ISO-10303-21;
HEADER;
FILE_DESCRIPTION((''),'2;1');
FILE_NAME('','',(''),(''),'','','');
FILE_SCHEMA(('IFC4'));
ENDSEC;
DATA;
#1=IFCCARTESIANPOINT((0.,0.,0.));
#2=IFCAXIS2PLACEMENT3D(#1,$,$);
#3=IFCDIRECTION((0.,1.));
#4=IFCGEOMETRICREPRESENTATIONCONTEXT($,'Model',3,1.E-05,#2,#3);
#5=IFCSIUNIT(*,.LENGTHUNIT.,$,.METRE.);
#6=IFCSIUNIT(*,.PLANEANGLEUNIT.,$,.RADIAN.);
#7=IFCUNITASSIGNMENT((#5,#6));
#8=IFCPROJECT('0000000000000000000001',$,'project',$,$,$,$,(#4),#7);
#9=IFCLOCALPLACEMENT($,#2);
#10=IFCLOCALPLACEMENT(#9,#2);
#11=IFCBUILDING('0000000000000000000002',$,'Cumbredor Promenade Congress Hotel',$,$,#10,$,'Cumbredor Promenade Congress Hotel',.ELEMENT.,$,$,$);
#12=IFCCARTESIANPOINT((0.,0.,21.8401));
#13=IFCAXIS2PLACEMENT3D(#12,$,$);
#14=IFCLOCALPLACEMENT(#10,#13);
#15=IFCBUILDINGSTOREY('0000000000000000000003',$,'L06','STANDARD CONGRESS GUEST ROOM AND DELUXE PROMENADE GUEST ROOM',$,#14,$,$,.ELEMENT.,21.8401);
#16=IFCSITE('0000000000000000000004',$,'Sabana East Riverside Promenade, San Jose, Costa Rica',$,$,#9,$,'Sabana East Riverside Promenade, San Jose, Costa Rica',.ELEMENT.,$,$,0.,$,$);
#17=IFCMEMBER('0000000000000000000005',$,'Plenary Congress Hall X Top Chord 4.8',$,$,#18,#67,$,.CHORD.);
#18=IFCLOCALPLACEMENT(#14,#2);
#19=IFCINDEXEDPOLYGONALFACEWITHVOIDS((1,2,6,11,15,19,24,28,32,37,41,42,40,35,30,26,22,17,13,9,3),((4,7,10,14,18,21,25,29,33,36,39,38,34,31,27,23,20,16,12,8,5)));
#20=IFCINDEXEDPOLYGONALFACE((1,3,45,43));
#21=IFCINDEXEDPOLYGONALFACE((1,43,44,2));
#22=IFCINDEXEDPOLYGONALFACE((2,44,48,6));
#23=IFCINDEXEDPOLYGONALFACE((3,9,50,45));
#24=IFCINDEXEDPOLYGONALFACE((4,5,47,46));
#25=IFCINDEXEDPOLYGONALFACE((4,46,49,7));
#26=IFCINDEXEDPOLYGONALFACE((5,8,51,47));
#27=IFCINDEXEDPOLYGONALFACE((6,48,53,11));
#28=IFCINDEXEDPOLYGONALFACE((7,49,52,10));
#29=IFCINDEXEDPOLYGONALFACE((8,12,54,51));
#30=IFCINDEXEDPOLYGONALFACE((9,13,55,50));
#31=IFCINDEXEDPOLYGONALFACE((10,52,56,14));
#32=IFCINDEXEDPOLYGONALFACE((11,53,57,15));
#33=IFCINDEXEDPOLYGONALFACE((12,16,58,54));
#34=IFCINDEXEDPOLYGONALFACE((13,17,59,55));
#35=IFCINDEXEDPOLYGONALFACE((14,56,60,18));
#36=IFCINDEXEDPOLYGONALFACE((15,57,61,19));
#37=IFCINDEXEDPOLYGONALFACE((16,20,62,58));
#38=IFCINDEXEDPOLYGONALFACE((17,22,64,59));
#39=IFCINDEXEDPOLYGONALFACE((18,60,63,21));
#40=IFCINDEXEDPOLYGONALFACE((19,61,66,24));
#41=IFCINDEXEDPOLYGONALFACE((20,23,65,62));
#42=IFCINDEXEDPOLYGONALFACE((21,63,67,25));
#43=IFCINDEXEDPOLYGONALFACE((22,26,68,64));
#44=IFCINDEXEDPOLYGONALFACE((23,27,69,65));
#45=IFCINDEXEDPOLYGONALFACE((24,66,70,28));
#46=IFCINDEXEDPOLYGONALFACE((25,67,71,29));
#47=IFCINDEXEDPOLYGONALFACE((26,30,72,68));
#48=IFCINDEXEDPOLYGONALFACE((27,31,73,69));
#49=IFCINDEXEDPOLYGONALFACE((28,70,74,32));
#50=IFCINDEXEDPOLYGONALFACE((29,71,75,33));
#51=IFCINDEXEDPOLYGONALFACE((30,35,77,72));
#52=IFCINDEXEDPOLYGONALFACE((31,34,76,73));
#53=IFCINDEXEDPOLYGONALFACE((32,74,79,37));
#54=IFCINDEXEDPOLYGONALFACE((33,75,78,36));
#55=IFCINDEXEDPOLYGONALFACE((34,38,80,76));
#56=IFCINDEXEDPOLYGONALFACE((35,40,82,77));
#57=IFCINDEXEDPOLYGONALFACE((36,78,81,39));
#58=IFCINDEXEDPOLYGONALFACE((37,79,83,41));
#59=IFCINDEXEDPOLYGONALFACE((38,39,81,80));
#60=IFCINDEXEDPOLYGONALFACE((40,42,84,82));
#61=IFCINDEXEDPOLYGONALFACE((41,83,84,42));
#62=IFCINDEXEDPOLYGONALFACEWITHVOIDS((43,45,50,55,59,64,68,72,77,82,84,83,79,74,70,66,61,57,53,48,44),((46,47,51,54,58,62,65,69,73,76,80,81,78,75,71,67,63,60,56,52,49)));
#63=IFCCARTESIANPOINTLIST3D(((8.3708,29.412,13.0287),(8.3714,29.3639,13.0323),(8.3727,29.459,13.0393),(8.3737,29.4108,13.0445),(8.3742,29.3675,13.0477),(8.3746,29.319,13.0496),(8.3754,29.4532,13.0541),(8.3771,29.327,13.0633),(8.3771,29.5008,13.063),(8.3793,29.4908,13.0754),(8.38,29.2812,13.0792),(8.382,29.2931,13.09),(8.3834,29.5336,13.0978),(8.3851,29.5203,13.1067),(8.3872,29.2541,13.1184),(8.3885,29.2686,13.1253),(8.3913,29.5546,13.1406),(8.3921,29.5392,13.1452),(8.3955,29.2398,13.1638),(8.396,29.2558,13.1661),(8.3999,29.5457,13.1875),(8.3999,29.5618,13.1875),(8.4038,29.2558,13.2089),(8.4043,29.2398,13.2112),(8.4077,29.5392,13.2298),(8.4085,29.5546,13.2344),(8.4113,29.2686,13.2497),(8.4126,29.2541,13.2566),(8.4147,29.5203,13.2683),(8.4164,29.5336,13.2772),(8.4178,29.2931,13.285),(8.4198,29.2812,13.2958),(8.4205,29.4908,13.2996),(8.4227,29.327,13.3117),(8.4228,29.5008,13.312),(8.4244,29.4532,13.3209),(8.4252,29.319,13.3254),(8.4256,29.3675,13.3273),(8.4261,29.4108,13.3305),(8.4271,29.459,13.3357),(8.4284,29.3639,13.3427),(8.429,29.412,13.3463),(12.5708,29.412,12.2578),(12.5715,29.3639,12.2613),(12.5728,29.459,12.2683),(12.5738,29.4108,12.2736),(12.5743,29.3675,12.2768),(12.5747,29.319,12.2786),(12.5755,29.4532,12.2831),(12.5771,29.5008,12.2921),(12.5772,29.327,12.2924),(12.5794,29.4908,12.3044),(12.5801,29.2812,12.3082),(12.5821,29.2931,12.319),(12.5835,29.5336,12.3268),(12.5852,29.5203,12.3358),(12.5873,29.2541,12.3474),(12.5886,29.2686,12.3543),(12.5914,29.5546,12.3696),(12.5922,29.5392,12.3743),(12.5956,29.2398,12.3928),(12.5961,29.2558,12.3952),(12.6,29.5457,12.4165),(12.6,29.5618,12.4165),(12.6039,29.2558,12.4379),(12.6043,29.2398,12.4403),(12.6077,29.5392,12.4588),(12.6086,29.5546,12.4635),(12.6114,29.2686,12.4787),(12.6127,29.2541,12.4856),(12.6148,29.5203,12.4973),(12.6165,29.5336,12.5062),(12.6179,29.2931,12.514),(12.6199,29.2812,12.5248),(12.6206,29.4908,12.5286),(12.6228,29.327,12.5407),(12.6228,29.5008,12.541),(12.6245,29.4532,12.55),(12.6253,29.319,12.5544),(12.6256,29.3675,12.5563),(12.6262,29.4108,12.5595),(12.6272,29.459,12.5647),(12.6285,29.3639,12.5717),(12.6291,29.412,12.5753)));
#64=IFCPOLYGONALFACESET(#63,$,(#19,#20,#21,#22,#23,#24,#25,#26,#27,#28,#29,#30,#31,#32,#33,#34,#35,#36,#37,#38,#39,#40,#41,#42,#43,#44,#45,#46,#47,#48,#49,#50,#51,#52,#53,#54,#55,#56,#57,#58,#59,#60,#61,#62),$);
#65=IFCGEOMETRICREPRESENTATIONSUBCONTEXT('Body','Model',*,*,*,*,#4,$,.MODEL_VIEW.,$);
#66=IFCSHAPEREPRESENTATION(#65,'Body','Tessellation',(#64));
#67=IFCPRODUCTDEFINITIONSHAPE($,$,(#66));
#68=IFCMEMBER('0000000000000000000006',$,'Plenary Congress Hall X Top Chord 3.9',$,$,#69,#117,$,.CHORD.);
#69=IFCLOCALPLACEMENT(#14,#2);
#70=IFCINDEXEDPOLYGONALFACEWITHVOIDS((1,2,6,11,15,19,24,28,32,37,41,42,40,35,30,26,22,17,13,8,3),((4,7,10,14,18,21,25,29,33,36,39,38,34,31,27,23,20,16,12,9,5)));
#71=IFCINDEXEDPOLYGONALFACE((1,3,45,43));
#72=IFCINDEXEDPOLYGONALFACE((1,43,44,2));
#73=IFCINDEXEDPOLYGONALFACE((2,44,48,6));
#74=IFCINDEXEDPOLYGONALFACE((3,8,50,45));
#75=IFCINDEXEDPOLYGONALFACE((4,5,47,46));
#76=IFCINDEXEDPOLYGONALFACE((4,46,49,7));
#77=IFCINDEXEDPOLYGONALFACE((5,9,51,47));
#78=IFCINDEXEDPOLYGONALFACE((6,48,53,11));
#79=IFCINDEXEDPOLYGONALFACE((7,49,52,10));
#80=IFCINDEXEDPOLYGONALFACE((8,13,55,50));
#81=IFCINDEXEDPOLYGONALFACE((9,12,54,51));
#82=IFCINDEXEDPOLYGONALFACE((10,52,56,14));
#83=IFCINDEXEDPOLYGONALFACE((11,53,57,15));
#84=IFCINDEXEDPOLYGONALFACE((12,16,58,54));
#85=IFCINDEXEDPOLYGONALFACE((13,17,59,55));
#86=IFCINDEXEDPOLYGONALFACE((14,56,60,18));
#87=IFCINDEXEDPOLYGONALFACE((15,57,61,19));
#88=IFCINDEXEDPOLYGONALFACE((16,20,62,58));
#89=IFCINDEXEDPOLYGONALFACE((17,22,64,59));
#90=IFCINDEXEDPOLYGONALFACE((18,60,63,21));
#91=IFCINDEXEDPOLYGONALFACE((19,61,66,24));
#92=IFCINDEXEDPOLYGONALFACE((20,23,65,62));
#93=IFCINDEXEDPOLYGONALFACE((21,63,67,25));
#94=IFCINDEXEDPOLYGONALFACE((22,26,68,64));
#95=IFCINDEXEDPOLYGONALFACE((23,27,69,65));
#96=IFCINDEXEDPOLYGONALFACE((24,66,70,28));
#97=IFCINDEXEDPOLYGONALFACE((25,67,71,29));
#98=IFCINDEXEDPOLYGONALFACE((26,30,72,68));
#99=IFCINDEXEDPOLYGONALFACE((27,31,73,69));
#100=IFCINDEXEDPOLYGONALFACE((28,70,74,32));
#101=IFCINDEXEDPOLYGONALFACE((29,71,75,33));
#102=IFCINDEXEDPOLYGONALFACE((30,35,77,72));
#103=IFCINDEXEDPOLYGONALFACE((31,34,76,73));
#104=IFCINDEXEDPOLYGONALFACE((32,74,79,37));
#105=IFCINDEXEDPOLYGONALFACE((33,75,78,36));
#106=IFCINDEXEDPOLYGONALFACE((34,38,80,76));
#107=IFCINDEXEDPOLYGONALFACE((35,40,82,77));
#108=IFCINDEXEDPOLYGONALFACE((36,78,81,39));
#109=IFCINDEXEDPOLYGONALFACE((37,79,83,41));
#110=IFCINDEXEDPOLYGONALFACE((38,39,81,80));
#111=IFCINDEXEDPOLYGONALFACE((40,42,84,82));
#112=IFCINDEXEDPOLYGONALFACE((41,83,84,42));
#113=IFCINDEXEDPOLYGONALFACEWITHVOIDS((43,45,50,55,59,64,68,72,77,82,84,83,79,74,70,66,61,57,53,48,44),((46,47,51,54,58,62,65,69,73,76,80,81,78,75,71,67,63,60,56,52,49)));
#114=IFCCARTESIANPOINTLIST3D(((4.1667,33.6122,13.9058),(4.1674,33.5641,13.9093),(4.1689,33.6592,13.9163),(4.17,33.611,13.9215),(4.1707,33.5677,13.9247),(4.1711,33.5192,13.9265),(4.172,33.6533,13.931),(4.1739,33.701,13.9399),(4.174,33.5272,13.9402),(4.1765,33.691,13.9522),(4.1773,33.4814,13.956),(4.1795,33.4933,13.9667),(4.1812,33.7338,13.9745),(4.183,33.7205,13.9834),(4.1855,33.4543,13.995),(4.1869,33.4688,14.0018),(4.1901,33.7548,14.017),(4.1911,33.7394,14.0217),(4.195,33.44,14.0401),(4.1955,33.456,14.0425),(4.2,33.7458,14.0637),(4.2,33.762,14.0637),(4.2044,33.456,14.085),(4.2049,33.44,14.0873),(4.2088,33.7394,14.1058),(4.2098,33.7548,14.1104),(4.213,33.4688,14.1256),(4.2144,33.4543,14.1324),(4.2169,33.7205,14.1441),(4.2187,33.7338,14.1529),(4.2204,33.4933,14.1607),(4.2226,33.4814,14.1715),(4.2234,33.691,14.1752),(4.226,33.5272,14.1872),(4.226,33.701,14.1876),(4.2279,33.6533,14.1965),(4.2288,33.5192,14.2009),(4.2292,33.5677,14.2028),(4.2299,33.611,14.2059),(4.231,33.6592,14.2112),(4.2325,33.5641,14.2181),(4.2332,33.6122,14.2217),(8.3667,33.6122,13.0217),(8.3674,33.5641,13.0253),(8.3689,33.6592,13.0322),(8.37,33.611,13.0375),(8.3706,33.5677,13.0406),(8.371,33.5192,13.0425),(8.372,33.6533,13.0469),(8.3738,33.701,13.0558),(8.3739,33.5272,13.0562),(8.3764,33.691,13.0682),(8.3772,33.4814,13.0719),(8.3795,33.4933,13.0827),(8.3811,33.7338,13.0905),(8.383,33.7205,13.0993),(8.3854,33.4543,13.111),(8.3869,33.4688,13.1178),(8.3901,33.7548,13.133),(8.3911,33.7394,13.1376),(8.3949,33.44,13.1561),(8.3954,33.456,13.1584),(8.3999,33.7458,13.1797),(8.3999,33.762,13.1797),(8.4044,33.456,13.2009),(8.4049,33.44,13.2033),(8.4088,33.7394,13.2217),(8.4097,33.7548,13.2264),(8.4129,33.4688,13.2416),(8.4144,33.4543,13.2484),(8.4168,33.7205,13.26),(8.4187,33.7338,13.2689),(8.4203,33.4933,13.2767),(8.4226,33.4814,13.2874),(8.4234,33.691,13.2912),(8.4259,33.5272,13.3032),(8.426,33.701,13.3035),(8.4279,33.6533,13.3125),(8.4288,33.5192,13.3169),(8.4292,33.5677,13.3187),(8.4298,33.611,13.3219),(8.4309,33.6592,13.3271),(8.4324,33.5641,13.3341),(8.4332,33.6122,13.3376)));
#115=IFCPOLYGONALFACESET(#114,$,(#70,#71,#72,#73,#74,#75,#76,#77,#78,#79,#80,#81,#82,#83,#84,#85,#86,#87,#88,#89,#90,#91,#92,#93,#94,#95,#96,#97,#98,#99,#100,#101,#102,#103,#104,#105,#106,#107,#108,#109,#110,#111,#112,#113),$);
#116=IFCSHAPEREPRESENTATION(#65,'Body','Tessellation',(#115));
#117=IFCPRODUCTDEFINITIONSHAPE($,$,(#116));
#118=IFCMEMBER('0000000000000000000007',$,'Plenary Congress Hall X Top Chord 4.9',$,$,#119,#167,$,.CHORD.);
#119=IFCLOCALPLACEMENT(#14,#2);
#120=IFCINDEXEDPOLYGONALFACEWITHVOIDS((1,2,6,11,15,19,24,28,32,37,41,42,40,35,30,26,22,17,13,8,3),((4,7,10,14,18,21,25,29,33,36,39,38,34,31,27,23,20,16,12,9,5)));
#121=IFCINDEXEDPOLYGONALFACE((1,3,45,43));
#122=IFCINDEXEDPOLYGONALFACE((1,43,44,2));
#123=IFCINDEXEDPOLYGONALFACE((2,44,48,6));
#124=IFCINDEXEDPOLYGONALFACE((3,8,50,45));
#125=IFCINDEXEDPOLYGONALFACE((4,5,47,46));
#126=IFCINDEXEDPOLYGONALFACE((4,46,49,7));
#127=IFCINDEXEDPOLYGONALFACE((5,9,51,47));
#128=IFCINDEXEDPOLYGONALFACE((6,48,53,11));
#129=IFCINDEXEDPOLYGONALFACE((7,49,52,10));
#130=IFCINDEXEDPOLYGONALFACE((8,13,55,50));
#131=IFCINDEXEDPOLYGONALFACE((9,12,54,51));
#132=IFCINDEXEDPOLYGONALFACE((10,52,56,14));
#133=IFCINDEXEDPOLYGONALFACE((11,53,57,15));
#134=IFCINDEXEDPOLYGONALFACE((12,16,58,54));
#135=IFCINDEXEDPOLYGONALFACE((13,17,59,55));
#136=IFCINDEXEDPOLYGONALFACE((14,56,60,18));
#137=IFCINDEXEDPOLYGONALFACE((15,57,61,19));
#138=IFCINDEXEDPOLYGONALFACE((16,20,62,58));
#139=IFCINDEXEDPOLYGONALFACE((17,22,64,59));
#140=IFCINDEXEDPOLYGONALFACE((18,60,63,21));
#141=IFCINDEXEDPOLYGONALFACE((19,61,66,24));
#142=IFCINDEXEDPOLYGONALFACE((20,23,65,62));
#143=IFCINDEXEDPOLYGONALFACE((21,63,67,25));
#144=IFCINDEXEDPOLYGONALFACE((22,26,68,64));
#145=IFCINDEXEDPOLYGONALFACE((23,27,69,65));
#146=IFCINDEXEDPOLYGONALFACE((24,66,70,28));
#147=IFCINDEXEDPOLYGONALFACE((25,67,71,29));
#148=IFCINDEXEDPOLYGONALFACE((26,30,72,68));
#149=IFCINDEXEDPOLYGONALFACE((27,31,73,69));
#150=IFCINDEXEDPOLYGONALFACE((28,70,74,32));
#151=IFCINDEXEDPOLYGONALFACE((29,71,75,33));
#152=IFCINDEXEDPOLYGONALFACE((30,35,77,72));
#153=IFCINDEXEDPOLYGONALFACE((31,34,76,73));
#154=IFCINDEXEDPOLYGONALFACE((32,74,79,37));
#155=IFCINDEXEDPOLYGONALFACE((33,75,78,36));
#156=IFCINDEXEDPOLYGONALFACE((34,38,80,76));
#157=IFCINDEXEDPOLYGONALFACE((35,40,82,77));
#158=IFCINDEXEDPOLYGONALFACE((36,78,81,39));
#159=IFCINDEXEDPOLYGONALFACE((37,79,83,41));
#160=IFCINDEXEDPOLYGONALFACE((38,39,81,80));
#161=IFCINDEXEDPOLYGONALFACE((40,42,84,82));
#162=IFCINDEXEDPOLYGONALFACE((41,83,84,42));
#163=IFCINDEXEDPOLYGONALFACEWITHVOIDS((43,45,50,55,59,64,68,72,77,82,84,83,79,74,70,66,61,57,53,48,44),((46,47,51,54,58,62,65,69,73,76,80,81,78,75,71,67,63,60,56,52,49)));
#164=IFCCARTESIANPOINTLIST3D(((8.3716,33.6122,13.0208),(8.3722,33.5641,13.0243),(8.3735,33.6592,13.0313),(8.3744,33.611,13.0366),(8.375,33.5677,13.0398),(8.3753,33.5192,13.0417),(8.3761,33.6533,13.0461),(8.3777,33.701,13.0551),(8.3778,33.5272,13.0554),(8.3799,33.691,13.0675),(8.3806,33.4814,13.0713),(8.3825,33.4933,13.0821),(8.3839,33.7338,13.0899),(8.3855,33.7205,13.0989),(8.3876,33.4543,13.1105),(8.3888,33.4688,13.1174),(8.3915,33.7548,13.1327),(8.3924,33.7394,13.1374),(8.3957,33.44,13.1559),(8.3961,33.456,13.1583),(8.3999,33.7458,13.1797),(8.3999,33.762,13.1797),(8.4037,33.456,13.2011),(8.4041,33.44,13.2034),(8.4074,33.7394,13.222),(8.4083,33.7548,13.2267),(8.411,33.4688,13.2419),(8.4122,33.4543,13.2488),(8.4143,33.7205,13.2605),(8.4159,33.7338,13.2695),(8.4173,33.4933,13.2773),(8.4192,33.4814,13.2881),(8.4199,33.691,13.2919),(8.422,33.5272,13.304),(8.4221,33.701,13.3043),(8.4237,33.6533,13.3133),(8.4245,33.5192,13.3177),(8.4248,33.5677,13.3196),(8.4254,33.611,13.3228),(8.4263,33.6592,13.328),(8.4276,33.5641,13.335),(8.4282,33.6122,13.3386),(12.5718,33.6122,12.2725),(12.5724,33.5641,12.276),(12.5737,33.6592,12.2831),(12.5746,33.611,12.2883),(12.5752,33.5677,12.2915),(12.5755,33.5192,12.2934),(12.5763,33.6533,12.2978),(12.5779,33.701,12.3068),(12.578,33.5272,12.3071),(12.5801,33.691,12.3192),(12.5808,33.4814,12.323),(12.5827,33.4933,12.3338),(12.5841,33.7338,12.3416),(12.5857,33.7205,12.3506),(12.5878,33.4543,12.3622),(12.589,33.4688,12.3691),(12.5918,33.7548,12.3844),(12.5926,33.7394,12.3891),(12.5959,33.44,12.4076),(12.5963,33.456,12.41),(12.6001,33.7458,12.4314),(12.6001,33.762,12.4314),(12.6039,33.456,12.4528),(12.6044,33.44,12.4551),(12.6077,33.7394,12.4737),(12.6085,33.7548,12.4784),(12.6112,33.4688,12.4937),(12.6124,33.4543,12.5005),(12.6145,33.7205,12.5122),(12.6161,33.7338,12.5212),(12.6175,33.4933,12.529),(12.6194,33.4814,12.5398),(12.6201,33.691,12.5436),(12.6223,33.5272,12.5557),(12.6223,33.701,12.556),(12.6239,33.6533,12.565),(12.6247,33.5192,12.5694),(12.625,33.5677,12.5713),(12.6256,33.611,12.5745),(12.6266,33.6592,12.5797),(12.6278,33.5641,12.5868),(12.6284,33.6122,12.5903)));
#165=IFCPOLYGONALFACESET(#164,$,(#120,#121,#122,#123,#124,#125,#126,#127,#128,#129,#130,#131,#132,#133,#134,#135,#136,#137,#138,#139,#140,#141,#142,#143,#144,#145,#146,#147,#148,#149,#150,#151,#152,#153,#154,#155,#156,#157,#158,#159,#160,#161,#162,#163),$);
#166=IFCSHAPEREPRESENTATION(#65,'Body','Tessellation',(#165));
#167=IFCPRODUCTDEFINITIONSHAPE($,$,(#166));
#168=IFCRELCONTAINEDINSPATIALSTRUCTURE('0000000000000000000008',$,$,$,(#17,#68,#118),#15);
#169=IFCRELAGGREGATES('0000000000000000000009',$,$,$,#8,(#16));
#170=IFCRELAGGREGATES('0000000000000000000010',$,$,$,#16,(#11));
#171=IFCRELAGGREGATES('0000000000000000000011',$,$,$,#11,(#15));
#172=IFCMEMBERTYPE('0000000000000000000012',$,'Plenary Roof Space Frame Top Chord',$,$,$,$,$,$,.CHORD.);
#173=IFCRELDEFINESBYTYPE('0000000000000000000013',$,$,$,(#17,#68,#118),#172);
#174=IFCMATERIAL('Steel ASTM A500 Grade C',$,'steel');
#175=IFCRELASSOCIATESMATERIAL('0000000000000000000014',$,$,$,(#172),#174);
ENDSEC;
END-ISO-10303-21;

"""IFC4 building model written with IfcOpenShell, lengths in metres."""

from ifc_helpers import new_model, si_unit, direction, frame, origin, origin_2d, place, context, subcontext, project, spatial, hollow_circle, extrude, material, material_profile, profile_set, type_object, element, save


model = new_model("IFC4")

# Units and contexts
model_context = context("Model", 3, precision=1e-05, world=origin(), true_north=direction((0.0, 1.0)))
body_context = subcontext(model_context, "Body", "Model", "MODEL_VIEW")
ifc_project = project(units=[si_unit("LENGTHUNIT", "METRE"), si_unit("PLANEANGLEUNIT", "RADIAN")], contexts=[model_context])

# Site, building, storey
site_placement = place(None, origin())
site = spatial("IfcSite", under=ifc_project, at=site_placement, Name="Sabana East Riverside Promenade, San Jose, Costa Rica", LongName="Sabana East Riverside Promenade, San Jose, Costa Rica", CompositionType="ELEMENT", RefElevation=0.0)
building_placement = place(site_placement, origin())
building = spatial("IfcBuilding", under=site, at=building_placement, Name="Cumbredor Promenade Congress Hotel", LongName="Cumbredor Promenade Congress Hotel", CompositionType="ELEMENT")
storey_placement = place(building_placement, frame((0.0, 0.0, 21.8401)))
storey = spatial("IfcBuildingStorey", under=building, at=storey_placement, Name="L06", Description="STANDARD CONGRESS GUEST ROOM AND DELUXE PROMENADE GUEST ROOM", CompositionType="ELEMENT", Elevation=21.8401)

# Members
ifc_material_1 = material(Name="Steel ASTM A500 Grade C", Category="steel")
ifc_material_profile_1 = material_profile(ifc_material_1, hollow_circle(Radius=0.1619, WallThickness=0.0161, at=origin_2d()), Name="CHS 323.9x16")
ifc_profile_set_1 = profile_set([ifc_material_profile_1], Name="Steel ASTM A500 Grade C")
member_type_1 = type_object("IfcMemberType", Name="Plenary Roof Space Frame Top Chord", PredefinedType="CHORD", material=ifc_profile_set_1)
member_1_placement = place(storey_placement, frame((8.3999, 29.3999, 13.1875), z_axis=(0.983567, 0.0, -0.180545), x_axis=(0.0, 1.0, 0.0)))
element("IfcMember", 1, at=member_1_placement, inside=storey, type_object=member_type_1, Name="Plenary Congress Hall X Top Chord 4.8", PredefinedType="CHORD", context=body_context, shape_type="SweptSolid", body=[
    extrude(hollow_circle(Radius=0.1619, WallThickness=0.0161, at=origin_2d()), origin(), (0.0, 0.0, 1.0), 4.2703),
])
member_2_placement = place(storey_placement, frame((4.2, 33.6001, 14.0637), z_axis=(0.978558, 0.0, -0.205973), x_axis=(0.0, 1.0, 0.0)))
element("IfcMember", 2, at=member_2_placement, inside=storey, type_object=member_type_1, Name="Plenary Congress Hall X Top Chord 3.9", PredefinedType="CHORD", context=body_context, shape_type="SweptSolid", body=[
    extrude(hollow_circle(Radius=0.1619, WallThickness=0.0161, at=origin_2d()), origin(), (0.0, 0.0, 1.0), 4.292),
])
member_3_placement = place(storey_placement, frame((8.3999, 33.6001, 13.1797), z_axis=(0.984498, 0.0, -0.175395), x_axis=(0.0, 1.0, 0.0)))
element("IfcMember", 3, at=member_3_placement, inside=storey, type_object=member_type_1, Name="Plenary Congress Hall X Top Chord 4.9", PredefinedType="CHORD", context=body_context, shape_type="SweptSolid", body=[
    extrude(hollow_circle(Radius=0.1619, WallThickness=0.0161, at=origin_2d()), origin(), (0.0, 0.0, 1.0), 4.2664),
])

save(model, "model.ifc")
